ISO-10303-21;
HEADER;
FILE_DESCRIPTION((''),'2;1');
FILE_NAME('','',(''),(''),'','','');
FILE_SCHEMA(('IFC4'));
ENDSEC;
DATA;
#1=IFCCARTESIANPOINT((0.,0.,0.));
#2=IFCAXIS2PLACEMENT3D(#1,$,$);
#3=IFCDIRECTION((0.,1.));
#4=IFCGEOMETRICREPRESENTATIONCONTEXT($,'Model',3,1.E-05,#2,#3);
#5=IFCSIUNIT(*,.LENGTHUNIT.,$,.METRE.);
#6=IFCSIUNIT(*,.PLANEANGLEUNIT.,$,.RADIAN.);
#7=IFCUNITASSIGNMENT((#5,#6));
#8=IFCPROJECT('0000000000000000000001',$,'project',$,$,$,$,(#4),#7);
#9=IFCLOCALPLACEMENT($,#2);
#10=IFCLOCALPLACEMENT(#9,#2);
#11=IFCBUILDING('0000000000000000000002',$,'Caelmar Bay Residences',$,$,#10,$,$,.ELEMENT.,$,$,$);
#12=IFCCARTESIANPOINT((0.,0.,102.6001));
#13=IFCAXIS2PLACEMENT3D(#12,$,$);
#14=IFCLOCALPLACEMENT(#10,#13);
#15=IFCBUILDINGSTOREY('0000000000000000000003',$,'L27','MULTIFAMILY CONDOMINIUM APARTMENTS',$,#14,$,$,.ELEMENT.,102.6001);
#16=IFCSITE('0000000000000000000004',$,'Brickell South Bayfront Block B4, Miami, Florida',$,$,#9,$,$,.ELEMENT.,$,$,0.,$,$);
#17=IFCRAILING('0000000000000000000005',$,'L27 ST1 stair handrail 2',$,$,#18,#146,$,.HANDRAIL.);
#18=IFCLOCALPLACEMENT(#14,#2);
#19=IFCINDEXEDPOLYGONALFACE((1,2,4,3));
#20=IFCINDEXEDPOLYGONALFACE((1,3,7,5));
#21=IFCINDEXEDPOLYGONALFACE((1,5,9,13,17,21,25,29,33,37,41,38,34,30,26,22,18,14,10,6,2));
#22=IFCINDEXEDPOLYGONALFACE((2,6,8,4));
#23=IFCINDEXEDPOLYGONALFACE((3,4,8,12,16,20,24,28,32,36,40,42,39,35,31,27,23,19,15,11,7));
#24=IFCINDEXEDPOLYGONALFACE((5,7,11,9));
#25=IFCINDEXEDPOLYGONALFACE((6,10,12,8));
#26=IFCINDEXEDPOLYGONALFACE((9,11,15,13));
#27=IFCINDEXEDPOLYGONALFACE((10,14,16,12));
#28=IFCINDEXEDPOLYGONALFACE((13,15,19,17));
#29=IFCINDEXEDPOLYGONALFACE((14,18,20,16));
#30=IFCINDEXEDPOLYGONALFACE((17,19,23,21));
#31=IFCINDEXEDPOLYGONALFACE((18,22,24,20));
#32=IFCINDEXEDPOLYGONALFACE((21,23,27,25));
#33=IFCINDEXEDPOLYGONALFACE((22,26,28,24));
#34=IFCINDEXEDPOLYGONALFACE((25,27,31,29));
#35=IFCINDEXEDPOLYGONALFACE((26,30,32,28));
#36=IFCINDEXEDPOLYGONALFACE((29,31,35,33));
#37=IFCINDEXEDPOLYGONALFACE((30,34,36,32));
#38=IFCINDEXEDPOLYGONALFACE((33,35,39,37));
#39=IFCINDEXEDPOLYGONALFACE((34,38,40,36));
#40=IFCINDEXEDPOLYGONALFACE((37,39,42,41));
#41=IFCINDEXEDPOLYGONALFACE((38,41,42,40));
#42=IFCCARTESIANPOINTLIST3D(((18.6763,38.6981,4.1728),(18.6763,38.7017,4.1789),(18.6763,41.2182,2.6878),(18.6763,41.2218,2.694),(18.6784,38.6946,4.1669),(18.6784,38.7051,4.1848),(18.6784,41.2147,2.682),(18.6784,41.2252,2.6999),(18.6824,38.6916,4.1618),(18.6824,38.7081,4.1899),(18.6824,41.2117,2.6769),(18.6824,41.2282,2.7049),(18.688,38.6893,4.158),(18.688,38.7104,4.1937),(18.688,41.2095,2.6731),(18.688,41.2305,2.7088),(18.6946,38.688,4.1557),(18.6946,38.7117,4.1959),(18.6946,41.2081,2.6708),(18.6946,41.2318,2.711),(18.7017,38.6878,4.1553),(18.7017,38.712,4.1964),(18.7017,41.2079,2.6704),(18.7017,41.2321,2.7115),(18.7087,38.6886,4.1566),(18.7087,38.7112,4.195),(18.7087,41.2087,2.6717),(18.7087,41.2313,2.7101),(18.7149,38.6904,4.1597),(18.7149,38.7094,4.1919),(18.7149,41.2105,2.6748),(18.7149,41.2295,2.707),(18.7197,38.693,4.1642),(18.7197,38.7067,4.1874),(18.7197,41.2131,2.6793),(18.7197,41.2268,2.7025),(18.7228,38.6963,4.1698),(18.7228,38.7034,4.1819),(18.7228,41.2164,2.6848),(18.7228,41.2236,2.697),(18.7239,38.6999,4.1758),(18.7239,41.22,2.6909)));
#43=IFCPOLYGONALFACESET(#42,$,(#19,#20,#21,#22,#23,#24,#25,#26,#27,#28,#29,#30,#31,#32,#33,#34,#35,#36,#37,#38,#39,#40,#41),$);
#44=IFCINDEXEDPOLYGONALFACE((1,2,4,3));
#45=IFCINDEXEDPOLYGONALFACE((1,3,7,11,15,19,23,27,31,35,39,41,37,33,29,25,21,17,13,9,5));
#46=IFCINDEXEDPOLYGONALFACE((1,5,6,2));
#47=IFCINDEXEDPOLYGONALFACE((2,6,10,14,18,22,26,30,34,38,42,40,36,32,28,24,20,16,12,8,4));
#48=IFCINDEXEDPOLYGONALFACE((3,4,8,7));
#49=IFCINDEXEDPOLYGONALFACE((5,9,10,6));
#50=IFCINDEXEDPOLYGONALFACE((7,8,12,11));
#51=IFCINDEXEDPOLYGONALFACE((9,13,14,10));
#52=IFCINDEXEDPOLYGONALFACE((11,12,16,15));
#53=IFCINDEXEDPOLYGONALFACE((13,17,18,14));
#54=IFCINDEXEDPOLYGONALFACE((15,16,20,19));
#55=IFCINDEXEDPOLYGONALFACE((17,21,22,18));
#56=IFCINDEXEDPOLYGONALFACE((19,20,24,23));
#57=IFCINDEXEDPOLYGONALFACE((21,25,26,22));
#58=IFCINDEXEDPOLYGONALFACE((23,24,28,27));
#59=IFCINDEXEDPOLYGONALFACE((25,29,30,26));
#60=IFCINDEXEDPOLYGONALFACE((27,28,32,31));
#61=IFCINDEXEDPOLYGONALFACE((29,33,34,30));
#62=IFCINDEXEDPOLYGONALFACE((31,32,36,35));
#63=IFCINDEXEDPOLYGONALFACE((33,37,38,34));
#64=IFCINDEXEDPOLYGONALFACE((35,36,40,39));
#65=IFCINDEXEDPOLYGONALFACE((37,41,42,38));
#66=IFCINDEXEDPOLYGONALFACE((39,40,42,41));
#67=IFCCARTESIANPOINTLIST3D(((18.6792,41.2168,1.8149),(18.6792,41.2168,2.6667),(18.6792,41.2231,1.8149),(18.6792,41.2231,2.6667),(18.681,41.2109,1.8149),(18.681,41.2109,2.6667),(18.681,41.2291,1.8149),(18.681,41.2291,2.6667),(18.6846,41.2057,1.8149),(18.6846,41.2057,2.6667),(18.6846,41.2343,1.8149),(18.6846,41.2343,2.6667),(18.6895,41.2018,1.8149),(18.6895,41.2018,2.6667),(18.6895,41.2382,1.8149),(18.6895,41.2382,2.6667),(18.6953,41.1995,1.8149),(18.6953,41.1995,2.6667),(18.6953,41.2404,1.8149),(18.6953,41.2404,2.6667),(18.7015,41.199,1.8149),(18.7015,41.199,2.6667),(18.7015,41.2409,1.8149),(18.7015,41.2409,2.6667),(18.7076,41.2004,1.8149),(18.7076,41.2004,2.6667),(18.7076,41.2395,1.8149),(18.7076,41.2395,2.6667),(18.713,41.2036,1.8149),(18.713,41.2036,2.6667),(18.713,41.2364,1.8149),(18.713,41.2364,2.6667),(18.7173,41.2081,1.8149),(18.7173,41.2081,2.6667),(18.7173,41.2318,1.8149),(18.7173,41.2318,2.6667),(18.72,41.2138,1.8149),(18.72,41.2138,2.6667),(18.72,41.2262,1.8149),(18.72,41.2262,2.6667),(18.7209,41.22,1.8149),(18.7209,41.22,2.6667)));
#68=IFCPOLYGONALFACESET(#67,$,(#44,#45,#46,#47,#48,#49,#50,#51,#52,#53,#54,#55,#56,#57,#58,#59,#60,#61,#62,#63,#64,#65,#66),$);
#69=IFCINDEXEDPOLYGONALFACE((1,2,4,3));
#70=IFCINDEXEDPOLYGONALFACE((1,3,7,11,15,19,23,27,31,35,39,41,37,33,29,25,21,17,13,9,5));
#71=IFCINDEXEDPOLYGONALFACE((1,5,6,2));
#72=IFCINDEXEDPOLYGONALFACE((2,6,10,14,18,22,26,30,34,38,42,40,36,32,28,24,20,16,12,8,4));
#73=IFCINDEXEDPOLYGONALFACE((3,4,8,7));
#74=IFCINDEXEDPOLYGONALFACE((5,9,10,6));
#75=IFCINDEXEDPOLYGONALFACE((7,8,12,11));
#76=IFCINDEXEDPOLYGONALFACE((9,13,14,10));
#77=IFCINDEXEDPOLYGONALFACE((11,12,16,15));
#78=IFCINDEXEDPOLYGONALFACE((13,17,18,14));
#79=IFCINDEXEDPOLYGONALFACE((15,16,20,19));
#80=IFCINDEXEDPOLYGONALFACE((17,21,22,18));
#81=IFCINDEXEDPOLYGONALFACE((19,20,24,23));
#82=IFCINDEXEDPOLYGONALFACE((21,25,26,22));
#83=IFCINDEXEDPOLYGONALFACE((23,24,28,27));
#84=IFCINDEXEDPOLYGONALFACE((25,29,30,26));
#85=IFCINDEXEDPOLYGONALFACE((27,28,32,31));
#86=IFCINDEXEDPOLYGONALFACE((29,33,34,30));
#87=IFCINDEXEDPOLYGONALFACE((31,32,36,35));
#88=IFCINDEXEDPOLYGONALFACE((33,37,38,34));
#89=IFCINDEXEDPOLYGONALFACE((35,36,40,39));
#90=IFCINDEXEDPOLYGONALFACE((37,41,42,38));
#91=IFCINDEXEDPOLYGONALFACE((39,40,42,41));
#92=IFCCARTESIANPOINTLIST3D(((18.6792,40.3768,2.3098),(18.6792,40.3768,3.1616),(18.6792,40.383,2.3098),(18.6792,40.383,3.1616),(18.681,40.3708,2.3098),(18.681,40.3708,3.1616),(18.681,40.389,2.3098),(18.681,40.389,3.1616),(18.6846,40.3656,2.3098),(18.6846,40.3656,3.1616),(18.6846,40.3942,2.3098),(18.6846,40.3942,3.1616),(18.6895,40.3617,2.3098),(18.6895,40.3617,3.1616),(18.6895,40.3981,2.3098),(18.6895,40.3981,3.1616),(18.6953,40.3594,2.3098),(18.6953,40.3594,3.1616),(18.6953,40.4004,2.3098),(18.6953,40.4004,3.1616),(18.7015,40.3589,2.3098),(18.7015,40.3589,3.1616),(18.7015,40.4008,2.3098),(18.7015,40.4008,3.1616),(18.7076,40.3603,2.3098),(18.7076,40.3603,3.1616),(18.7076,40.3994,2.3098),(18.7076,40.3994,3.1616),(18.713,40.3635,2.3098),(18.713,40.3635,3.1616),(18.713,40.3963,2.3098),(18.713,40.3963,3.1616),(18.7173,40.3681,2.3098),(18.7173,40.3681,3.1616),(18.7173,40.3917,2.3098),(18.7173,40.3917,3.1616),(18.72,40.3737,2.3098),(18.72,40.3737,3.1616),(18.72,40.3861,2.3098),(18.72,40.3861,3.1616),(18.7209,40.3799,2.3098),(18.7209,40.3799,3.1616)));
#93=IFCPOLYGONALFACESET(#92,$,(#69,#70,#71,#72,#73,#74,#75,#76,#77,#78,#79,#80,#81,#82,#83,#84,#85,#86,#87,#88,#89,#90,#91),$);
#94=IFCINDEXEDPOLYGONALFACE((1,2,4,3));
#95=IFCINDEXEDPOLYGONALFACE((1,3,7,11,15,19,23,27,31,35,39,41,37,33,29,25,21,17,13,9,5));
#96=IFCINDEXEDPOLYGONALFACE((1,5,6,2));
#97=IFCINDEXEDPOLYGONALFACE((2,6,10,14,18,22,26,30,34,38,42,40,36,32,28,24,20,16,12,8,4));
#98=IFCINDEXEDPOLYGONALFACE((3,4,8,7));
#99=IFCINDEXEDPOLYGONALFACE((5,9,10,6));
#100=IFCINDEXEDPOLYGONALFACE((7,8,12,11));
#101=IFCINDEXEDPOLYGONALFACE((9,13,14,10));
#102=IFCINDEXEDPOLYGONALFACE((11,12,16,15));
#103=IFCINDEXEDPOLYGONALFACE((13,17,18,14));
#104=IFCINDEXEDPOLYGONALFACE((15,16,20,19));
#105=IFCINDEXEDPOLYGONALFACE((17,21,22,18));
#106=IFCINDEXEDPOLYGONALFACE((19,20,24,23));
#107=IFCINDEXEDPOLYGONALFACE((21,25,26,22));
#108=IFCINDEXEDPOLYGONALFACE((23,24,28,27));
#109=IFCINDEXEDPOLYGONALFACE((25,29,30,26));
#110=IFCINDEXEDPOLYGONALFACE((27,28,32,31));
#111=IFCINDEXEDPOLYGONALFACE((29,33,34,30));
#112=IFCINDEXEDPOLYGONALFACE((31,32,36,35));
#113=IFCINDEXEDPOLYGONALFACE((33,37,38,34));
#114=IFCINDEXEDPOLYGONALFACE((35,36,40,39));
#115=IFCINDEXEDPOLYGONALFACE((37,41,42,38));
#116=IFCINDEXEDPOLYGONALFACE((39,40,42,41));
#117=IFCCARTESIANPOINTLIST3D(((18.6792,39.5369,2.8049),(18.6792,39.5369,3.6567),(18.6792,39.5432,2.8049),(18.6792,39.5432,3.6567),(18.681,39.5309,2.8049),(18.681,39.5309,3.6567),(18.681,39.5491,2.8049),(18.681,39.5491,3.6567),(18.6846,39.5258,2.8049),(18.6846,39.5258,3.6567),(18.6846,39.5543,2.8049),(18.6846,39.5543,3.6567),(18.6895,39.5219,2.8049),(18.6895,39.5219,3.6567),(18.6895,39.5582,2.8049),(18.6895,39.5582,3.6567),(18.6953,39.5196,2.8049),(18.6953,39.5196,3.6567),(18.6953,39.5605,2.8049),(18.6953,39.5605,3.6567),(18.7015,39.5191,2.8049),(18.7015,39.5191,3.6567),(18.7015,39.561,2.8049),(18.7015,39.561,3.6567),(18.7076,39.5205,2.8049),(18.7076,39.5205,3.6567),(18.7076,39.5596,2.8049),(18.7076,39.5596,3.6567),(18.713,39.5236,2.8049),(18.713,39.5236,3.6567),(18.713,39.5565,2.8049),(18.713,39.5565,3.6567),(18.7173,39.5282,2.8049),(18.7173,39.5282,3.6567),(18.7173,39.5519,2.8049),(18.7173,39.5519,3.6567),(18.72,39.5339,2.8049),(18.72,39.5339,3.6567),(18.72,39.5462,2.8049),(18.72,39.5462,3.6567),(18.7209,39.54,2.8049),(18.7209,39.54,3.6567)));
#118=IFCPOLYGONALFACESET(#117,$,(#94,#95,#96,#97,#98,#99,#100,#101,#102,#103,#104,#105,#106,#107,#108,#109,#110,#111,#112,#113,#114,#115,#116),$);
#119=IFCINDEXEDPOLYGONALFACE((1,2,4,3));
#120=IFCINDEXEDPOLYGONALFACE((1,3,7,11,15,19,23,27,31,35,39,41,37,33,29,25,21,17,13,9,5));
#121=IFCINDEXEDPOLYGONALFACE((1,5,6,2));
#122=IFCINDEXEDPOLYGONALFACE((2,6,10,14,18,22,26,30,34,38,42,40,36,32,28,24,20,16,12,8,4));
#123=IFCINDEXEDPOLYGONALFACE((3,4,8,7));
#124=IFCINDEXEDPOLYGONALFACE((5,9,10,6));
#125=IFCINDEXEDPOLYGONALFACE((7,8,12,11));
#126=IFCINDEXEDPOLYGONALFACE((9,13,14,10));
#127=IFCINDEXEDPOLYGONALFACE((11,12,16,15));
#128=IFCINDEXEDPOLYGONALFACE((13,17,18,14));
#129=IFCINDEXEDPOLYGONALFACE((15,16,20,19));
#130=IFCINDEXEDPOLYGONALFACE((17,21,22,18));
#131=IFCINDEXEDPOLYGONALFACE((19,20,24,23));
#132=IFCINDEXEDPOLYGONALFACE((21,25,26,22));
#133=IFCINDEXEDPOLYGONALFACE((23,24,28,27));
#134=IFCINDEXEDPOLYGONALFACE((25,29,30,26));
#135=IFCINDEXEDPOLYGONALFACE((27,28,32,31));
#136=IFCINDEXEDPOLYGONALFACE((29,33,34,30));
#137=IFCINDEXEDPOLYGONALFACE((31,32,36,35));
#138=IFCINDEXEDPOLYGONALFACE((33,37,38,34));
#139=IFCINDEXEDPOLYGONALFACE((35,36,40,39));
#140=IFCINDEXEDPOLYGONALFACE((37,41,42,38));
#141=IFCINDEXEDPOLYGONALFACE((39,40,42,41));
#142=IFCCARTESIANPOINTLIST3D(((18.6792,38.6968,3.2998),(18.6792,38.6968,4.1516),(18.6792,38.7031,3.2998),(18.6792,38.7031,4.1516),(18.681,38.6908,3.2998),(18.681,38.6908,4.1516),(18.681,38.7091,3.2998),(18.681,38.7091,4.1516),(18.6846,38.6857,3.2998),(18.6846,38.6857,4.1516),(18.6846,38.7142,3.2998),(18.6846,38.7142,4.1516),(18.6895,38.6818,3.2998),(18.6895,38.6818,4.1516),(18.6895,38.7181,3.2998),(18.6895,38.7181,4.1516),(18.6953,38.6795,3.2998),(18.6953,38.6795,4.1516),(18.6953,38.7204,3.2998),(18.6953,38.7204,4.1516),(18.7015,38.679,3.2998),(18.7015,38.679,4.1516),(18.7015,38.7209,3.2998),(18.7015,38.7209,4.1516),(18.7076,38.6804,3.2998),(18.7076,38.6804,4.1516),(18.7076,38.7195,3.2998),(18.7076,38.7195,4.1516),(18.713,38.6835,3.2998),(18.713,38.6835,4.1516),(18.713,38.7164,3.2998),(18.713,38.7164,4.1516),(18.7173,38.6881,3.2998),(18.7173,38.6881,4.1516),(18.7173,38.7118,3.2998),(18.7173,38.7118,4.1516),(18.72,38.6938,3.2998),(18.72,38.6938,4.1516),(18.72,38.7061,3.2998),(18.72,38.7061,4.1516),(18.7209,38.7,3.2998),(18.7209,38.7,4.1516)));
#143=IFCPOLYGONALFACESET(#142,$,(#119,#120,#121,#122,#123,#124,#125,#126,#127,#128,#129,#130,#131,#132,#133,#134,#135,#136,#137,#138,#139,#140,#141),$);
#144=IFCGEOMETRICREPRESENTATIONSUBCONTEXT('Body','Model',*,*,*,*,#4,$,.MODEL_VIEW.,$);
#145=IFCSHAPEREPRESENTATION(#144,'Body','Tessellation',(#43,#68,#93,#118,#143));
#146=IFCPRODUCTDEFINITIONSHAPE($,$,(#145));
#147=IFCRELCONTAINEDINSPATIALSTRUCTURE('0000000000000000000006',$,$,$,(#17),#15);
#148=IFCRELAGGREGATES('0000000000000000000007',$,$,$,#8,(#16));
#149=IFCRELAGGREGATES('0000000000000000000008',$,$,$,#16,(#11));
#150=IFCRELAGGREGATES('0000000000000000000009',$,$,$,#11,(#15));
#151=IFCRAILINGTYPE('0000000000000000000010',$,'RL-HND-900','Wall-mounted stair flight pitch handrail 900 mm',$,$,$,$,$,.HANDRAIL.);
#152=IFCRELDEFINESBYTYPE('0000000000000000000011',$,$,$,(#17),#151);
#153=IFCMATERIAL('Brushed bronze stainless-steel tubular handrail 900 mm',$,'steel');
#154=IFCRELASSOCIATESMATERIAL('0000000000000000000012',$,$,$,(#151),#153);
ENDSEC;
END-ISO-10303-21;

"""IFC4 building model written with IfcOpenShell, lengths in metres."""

from ifc_helpers import new_model, si_unit, direction, frame, origin, origin_2d, place, context, subcontext, project, spatial, circle, extrude, material, type_object, element, save


model = new_model("IFC4")

# Units and contexts
model_context = context("Model", 3, precision=1e-05, world=origin(), true_north=direction((0.0, 1.0)))
body_context = subcontext(model_context, "Body", "Model", "MODEL_VIEW")
ifc_project = project(units=[si_unit("LENGTHUNIT", "METRE"), si_unit("PLANEANGLEUNIT", "RADIAN")], contexts=[model_context])

# Site, building, storey
site_placement = place(None, origin())
site = spatial("IfcSite", under=ifc_project, at=site_placement, Name="Brickell South Bayfront Block B4, Miami, Florida", CompositionType="ELEMENT", RefElevation=0.0)
building_placement = place(site_placement, origin())
building = spatial("IfcBuilding", under=site, at=building_placement, Name="Caelmar Bay Residences", CompositionType="ELEMENT")
storey_placement = place(building_placement, frame((0.0, 0.0, 102.6001)))
storey = spatial("IfcBuildingStorey", under=building, at=storey_placement, Name="L27", Description="MULTIFAMILY CONDOMINIUM APARTMENTS", CompositionType="ELEMENT", Elevation=102.6001)

# Railing
ifc_material_1 = material(Name="Brushed bronze stainless-steel tubular handrail 900 mm", Category="steel")
railing_type_1 = type_object("IfcRailingType", Name="RL-HND-900", Description="Wall-mounted stair flight pitch handrail 900 mm", PredefinedType="HANDRAIL", material=ifc_material_1)
railing_1_placement = place(storey_placement, frame((18.7, 41.22, 1.8149)))
element("IfcRailing", 1, at=railing_1_placement, inside=storey, type_object=railing_type_1, Name="L27 ST1 stair handrail 2", PredefinedType="HANDRAIL", context=body_context, shape_type="SweptSolid", body=[
    extrude(circle(Radius=0.0239, at=origin_2d()), frame((0.0, 0.0, 0.876), z_axis=(0.0, -0.861561, 0.507655), x_axis=(1.0, 0.0, 0.0)), (0.0, 0.0, 1.0), 2.925),
    extrude(circle(Radius=0.021, at=origin_2d()), origin(), (0.0, 0.0, 1.0), 0.8518),
    extrude(circle(Radius=0.021, at=origin_2d()), frame((0.0, -0.8401, 0.4949)), (0.0, 0.0, 1.0), 0.8518),
    extrude(circle(Radius=0.021, at=origin_2d()), frame((0.0, -1.6799, 0.99)), (0.0, 0.0, 1.0), 0.8518),
    extrude(circle(Radius=0.021, at=origin_2d()), frame((0.0, -2.52, 1.4849)), (0.0, 0.0, 1.0), 0.8518),
])

save(model, "model.ifc")
